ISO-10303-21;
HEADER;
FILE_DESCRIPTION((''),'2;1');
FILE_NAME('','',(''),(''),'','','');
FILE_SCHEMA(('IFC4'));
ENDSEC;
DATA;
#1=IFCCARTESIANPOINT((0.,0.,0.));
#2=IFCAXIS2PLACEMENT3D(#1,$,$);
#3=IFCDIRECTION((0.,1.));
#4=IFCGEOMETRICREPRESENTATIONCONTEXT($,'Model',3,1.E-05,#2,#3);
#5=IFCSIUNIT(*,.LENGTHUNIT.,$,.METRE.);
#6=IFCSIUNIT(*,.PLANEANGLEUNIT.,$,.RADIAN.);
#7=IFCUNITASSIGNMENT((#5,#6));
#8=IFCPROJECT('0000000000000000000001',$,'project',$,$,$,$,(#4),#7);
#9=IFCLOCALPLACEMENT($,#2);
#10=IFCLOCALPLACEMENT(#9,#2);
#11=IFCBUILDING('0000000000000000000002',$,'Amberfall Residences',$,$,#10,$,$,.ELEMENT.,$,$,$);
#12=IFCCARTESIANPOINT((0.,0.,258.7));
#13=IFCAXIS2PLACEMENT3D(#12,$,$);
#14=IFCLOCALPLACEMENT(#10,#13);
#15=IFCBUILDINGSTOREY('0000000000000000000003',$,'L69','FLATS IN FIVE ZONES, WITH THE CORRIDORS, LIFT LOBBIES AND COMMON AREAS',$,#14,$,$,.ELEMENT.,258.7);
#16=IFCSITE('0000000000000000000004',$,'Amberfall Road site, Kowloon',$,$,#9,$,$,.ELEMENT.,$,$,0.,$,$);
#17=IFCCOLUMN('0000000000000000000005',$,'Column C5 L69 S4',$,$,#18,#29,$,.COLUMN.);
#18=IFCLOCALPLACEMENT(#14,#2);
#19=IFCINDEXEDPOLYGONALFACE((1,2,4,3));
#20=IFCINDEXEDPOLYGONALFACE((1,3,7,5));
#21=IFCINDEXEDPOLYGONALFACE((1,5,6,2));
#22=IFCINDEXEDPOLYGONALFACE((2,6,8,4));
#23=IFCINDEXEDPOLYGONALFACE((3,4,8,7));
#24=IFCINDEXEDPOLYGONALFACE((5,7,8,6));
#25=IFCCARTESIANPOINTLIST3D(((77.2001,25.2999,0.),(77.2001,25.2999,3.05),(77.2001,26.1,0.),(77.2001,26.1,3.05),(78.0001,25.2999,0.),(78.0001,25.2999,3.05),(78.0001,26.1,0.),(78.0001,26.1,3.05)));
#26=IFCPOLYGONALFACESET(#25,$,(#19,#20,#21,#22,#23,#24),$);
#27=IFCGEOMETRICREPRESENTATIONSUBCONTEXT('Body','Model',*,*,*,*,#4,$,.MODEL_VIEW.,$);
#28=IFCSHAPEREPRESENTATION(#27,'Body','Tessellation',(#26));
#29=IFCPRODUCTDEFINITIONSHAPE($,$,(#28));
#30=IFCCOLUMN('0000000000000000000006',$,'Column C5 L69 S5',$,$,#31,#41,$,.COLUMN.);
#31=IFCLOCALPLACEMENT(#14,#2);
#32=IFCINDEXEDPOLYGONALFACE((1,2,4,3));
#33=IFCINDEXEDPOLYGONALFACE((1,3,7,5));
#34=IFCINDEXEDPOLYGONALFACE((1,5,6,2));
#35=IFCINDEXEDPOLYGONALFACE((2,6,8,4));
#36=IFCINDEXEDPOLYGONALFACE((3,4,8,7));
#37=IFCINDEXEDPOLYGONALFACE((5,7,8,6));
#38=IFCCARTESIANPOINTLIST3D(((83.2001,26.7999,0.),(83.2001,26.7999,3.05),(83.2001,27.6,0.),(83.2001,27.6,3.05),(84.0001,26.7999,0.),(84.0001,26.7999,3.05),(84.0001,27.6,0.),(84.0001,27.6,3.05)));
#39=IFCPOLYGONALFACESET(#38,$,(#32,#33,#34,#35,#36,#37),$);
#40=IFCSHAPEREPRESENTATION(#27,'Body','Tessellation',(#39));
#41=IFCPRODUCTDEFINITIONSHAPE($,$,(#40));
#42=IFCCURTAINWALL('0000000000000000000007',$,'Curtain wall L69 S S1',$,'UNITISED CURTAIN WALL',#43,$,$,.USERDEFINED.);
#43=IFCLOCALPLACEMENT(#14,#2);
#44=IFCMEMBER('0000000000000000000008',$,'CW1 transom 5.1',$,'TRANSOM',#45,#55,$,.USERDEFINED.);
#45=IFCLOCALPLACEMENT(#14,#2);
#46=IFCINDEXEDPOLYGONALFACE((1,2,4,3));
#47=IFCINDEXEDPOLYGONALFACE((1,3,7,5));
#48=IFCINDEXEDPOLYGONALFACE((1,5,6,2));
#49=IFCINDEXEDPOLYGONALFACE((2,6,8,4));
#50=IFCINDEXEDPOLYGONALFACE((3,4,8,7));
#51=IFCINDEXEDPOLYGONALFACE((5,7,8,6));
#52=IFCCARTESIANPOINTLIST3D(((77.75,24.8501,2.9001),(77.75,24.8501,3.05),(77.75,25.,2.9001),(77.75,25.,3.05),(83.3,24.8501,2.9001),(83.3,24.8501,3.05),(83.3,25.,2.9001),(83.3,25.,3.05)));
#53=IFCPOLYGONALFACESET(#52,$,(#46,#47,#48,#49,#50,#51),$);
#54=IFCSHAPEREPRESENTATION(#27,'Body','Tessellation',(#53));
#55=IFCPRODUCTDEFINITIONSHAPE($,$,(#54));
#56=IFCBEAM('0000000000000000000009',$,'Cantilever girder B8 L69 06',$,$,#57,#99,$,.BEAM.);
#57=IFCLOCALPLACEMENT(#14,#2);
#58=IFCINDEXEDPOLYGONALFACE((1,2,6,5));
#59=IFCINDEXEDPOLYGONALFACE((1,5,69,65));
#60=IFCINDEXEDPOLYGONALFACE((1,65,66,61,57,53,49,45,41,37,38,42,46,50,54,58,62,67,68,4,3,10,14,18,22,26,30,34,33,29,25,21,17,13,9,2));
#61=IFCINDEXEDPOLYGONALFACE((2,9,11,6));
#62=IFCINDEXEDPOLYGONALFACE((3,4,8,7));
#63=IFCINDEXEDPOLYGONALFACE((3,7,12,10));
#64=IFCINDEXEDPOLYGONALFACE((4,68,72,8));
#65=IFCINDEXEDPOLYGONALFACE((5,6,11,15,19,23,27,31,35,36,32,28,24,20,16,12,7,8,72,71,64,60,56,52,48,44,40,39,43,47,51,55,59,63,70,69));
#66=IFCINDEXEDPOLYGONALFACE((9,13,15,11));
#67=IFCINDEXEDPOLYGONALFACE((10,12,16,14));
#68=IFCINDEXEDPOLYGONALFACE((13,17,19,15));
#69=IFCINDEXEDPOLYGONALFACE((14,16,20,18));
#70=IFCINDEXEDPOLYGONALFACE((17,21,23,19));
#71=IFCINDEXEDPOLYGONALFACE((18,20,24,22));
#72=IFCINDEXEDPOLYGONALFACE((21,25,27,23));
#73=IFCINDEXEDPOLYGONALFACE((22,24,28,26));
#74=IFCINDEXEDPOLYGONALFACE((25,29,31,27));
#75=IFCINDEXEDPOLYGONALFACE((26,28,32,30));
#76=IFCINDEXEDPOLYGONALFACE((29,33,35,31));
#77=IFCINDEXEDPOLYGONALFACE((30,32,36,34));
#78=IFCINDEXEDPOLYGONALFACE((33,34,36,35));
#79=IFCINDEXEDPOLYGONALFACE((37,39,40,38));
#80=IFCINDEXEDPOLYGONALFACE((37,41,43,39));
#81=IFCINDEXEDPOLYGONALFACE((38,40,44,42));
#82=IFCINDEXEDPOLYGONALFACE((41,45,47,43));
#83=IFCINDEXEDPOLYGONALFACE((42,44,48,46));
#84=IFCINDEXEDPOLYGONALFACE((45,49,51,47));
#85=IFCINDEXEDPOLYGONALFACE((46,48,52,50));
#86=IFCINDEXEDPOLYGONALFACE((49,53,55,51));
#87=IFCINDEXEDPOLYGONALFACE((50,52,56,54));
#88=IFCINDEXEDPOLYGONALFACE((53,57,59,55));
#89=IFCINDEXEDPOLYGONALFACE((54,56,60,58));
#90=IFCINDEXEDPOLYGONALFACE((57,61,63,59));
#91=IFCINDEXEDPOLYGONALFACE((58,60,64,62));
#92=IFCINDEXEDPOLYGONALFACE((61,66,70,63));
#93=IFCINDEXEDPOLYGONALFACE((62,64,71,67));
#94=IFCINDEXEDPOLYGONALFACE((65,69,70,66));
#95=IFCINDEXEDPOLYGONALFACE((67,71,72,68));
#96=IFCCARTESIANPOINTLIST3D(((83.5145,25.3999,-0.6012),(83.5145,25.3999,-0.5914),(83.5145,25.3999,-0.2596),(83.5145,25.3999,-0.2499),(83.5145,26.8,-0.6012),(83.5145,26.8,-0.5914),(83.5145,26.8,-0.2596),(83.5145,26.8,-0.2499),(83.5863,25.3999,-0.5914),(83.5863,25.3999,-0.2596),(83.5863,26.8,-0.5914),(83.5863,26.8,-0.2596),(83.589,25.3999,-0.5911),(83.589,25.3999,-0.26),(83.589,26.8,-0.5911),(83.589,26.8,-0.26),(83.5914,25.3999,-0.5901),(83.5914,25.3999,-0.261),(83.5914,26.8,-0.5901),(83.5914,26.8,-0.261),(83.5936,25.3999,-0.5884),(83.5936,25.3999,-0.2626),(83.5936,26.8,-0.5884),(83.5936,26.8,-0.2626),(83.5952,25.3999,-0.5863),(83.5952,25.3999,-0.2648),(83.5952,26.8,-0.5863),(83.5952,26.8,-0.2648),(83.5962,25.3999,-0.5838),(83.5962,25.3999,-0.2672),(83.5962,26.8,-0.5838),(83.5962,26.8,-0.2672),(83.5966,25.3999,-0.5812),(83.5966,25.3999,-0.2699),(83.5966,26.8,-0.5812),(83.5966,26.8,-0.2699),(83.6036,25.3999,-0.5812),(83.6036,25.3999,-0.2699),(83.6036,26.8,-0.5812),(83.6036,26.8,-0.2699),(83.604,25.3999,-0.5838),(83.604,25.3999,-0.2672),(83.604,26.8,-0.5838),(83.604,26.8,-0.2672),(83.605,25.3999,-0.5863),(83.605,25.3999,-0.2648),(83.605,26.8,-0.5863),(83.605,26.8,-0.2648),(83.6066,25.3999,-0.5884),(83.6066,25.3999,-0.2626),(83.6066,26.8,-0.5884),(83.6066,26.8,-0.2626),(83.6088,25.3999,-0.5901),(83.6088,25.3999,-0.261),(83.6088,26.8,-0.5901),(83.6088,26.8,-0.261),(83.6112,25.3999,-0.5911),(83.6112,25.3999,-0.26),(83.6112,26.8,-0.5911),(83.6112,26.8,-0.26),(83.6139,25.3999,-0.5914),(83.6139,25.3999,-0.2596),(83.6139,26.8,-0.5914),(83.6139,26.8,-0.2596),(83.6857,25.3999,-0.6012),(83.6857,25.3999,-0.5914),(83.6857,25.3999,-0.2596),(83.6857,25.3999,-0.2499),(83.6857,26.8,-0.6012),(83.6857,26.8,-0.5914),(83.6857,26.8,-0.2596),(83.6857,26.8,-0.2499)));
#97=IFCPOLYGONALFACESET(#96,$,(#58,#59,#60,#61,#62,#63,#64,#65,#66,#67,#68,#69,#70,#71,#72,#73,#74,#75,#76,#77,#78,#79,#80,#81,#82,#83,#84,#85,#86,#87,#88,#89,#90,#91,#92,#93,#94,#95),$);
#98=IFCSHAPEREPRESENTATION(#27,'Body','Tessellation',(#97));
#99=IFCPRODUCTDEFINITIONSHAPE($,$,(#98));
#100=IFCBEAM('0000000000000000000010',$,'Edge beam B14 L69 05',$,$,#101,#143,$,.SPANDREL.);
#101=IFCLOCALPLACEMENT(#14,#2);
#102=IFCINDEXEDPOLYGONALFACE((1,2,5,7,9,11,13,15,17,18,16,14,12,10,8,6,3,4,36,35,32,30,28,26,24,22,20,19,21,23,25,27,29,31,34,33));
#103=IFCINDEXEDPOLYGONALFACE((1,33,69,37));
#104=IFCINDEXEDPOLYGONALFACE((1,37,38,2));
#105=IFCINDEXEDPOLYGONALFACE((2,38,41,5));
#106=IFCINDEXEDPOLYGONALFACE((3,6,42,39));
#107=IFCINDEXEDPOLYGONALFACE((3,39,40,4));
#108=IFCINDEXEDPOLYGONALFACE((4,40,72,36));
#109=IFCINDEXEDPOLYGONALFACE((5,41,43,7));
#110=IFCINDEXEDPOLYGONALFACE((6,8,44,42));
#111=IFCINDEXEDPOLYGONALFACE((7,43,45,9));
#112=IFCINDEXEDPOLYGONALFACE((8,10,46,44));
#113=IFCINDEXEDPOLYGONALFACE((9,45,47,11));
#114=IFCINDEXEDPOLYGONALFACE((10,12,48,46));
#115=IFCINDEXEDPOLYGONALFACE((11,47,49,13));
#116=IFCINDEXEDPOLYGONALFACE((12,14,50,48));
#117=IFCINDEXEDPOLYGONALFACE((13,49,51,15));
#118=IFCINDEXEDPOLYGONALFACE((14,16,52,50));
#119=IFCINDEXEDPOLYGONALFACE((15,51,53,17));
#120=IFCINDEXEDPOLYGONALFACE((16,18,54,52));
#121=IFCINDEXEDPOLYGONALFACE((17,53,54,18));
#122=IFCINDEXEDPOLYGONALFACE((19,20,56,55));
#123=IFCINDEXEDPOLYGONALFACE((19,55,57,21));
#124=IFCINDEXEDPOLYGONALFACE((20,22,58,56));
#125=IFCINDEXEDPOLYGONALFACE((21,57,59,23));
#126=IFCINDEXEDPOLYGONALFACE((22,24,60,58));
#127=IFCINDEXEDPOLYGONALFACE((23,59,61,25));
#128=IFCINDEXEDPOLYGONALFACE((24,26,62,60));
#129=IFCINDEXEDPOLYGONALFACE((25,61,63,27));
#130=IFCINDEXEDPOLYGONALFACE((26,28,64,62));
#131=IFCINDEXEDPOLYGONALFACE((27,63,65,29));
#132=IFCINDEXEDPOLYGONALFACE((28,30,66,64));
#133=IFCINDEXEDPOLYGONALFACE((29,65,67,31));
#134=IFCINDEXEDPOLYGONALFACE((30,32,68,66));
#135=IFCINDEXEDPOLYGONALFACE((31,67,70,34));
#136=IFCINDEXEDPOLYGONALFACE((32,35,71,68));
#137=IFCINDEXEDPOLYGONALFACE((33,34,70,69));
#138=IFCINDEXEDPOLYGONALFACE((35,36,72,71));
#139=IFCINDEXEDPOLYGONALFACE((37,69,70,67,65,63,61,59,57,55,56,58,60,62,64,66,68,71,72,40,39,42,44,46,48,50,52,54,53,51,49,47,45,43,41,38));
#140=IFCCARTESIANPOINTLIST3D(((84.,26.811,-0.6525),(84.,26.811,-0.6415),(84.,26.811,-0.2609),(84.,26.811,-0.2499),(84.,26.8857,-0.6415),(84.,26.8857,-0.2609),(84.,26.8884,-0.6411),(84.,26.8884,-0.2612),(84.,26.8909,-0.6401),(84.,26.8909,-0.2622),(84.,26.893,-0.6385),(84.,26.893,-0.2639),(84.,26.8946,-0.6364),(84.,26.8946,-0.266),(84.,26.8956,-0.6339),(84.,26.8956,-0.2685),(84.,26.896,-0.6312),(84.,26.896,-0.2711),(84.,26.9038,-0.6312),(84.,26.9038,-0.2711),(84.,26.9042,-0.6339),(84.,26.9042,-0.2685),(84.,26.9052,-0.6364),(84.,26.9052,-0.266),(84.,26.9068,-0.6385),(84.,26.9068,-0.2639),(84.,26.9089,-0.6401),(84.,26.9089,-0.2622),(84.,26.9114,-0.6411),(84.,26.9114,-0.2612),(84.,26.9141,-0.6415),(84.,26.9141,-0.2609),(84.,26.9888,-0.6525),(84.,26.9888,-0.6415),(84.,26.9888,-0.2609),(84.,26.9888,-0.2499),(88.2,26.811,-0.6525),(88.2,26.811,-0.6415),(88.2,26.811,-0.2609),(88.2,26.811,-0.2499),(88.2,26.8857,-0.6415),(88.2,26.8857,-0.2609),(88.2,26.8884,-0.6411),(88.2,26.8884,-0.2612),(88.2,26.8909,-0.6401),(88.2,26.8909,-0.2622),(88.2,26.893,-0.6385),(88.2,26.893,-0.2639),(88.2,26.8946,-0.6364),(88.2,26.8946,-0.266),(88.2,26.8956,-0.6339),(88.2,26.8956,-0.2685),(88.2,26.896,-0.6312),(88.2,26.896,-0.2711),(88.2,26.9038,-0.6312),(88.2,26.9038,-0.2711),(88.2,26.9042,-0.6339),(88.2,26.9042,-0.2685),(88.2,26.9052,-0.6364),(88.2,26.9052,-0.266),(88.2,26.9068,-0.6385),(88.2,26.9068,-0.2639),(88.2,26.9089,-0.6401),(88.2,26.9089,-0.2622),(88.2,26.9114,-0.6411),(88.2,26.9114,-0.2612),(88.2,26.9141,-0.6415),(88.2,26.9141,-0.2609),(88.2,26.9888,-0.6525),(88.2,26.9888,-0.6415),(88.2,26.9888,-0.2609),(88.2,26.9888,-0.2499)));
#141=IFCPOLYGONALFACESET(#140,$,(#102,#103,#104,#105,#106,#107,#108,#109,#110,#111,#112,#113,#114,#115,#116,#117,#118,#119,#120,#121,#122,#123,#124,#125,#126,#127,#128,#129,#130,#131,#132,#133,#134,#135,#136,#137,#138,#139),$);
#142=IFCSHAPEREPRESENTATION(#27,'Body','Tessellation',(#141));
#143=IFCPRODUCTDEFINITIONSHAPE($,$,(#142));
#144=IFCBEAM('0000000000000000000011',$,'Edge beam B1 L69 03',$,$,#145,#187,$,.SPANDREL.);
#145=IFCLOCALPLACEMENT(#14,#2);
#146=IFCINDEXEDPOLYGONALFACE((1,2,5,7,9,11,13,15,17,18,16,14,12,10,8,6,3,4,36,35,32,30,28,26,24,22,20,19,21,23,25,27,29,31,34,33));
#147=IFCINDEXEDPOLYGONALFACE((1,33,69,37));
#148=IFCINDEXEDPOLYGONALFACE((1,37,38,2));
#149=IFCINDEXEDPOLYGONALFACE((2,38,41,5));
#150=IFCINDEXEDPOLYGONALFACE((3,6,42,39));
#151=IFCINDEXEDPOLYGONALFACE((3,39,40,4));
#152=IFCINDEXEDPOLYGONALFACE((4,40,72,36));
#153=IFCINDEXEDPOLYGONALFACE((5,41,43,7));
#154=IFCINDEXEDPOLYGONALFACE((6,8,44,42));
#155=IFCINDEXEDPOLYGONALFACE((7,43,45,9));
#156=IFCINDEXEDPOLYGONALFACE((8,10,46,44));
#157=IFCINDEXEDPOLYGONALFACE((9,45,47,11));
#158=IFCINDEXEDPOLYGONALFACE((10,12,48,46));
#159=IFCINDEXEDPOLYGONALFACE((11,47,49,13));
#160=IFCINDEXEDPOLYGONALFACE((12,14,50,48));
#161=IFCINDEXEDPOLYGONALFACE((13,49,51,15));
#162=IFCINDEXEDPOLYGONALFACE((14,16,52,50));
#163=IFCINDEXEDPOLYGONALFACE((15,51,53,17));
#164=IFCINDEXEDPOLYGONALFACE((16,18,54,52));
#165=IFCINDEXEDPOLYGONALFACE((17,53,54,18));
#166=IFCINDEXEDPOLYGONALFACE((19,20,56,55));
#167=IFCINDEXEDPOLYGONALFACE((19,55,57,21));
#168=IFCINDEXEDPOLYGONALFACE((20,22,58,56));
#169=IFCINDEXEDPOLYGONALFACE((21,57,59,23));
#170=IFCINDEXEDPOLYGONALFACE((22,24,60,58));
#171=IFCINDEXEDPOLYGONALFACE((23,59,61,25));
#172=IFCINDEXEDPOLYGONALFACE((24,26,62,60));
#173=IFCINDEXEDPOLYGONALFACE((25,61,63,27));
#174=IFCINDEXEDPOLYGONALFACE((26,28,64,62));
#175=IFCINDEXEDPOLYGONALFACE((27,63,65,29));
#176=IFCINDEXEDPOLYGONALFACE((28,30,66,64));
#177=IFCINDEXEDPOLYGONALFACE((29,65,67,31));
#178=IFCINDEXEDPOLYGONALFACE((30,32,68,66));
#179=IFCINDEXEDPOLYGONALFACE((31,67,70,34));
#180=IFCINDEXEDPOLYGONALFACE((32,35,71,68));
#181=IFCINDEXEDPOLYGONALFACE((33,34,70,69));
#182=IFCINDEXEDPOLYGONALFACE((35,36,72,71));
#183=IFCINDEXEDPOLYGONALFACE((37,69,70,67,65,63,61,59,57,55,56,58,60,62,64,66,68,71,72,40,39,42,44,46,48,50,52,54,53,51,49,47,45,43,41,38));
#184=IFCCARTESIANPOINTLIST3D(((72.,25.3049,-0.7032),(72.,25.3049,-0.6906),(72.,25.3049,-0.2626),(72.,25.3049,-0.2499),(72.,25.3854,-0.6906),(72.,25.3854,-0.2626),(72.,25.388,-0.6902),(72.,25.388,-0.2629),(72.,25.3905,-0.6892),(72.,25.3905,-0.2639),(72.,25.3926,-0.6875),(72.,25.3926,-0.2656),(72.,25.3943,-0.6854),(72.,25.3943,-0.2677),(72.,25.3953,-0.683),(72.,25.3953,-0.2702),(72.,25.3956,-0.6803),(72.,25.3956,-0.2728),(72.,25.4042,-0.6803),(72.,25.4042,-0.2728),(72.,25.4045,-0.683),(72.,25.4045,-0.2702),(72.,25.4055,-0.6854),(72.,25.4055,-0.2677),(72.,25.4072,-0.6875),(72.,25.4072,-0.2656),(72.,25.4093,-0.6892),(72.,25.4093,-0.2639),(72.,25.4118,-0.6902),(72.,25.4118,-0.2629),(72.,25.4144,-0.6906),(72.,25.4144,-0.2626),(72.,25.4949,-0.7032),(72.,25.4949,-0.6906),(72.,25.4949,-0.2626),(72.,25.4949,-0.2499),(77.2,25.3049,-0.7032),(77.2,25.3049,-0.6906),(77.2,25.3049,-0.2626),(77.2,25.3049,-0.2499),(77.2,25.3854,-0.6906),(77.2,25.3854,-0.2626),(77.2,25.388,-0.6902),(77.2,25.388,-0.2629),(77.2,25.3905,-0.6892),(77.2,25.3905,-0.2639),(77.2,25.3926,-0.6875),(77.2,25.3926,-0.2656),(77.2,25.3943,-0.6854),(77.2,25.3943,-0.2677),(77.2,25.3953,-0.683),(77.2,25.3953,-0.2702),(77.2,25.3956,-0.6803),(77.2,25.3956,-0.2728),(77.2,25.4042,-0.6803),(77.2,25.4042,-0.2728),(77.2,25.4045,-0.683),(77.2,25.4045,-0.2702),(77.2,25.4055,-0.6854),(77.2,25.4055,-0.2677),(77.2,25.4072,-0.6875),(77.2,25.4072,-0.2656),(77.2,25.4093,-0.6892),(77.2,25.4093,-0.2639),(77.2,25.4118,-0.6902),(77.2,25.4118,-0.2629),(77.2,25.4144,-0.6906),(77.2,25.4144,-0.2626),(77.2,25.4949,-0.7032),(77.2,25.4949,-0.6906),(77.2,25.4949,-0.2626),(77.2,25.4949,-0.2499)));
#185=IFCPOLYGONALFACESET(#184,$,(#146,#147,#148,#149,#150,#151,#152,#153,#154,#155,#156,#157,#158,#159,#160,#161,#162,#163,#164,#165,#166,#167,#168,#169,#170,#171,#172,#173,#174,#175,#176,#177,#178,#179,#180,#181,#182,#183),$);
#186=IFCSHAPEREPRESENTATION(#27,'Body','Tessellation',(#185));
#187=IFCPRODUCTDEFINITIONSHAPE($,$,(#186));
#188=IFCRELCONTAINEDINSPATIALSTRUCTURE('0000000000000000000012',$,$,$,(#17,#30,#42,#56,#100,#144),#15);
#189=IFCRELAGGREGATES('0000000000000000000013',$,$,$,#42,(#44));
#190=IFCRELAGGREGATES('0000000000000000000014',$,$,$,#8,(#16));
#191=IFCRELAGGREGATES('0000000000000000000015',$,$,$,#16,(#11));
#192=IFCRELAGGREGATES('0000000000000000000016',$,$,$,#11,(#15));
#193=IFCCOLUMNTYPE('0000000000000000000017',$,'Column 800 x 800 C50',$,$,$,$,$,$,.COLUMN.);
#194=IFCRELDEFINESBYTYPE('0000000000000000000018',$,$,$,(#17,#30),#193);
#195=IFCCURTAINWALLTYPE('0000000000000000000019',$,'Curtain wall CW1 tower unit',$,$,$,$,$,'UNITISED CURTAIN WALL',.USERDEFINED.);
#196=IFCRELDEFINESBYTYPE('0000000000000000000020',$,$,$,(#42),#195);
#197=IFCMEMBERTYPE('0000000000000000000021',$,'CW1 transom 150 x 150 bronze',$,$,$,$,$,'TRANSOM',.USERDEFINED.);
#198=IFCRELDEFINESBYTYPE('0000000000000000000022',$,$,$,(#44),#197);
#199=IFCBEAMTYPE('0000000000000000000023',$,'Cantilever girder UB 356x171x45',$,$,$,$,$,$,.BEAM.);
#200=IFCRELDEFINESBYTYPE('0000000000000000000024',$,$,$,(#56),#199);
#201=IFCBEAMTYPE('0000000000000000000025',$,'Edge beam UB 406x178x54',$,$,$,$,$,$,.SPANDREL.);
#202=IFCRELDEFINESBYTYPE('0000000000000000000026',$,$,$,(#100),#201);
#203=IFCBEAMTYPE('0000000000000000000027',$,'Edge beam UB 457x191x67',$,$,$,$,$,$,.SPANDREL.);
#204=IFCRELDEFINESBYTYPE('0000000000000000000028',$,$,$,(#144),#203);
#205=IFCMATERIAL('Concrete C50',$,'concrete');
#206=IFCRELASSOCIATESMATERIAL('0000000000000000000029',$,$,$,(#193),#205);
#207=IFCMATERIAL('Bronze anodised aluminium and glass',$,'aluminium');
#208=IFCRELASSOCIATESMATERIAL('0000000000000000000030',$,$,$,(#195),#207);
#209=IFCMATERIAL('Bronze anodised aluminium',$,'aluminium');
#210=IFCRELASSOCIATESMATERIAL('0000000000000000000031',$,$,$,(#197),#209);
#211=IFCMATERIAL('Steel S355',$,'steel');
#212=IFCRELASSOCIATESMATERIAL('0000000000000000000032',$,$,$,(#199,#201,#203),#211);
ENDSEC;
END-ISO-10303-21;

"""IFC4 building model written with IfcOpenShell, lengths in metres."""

from ifc_helpers import new_model, si_unit, direction, frame, origin, origin_2d, place, context, subcontext, project, spatial, rectangle, i_section, extrude, material, material_profile, profile_set, type_object, element, aggregate, save


model = new_model("IFC4")

# Units and contexts
model_context = context("Model", 3, precision=1e-05, world=origin(), true_north=direction((0.0, 1.0)))
body_context = subcontext(model_context, "Body", "Model", "MODEL_VIEW")
ifc_project = project(units=[si_unit("LENGTHUNIT", "METRE"), si_unit("PLANEANGLEUNIT", "RADIAN")], contexts=[model_context])

# Site, building, storey
site_placement = place(None, origin())
site = spatial("IfcSite", under=ifc_project, at=site_placement, Name="Amberfall Road site, Kowloon", CompositionType="ELEMENT", RefElevation=0.0)
building_placement = place(site_placement, origin())
building = spatial("IfcBuilding", under=site, at=building_placement, Name="Amberfall Residences", CompositionType="ELEMENT")
storey_placement = place(building_placement, frame((0.0, 0.0, 258.7)))
storey = spatial("IfcBuildingStorey", under=building, at=storey_placement, Name="L69", Description="FLATS IN FIVE ZONES, WITH THE CORRIDORS, LIFT LOBBIES AND COMMON AREAS", CompositionType="ELEMENT", Elevation=258.7)

# Columns
ifc_material_1 = material(Name="Concrete C50", Category="concrete")
ifc_material_profile_1 = material_profile(ifc_material_1, rectangle(XDim=0.8, YDim=0.8, at=origin_2d()), Name="Column 800 x 800 C50")
ifc_profile_set_1 = profile_set([ifc_material_profile_1], Name="Concrete C50")
column_type = type_object("IfcColumnType", Name="Column 800 x 800 C50", PredefinedType="COLUMN", material=ifc_profile_set_1)
for number, where, z_axis, x_axis, name in (
    (1, (77.6001, 25.7, 0.0), (0.0, 0.0, 1.0), (1.0, 0.0, 0.0), "Column C5 L69 S4"),
    (2, (83.6001, 27.2, 0.0), (0.0, 0.0, 1.0), (1.0, 0.0, 0.0), "Column C5 L69 S5"),
):
    element("IfcColumn", number, at=place(storey_placement, frame(where, z_axis=z_axis, x_axis=x_axis)), inside=storey, type_object=column_type, Name=name, PredefinedType="COLUMN", context=body_context, shape_type="SweptSolid", body=[
        extrude(rectangle(XDim=0.8, YDim=0.8, at=origin_2d()), origin(), (0.0, 0.0, 1.0), 3.05),
    ])

# Curtain wall, member
ifc_material_2 = material(Name="Bronze anodised aluminium and glass", Category="aluminium")
curtain_wall_type = type_object("IfcCurtainWallType", Name="Curtain wall CW1 tower unit", ElementType="UNITISED CURTAIN WALL", PredefinedType="USERDEFINED", material=ifc_material_2)
curtain_wall_placement = place(storey_placement, origin())
curtain_wall = element("IfcCurtainWall", 3, at=curtain_wall_placement, inside=storey, type_object=curtain_wall_type, Name="Curtain wall L69 S S1", ObjectType="UNITISED CURTAIN WALL", PredefinedType="USERDEFINED")
ifc_material_3 = material(Name="Bronze anodised aluminium", Category="aluminium")
ifc_material_profile_2 = material_profile(ifc_material_3, rectangle(XDim=0.1499, YDim=0.1499, at=origin_2d()), Name="CW1 transom 150 x 150 bronze")
ifc_profile_set_2 = profile_set([ifc_material_profile_2], Name="Bronze anodised aluminium")
member_type_1 = type_object("IfcMemberType", Name="CW1 transom 150 x 150 bronze", ElementType="TRANSOM", PredefinedType="USERDEFINED", material=ifc_profile_set_2)
member_1_placement = place(storey_placement, frame((77.75, 24.925, 2.9751), z_axis=(1.0, 0.0, 0.0), x_axis=(0.0, 1.0, 0.0)))
member_1 = element("IfcMember", 4, at=member_1_placement, type_object=member_type_1, Name="CW1 transom 5.1", ObjectType="TRANSOM", PredefinedType="USERDEFINED", context=body_context, shape_type="SweptSolid", body=[
    extrude(rectangle(XDim=0.1499, YDim=0.1499, at=origin_2d()), origin(), (0.0, 0.0, 1.0), 5.55),
])

# Beams
ifc_material_4 = material(Name="Steel S355", Category="steel")
ifc_material_profile_3 = material_profile(ifc_material_4, i_section(OverallWidth=0.1711, OverallDepth=0.3513, WebThickness=0.0071, FlangeThickness=0.0098, FilletRadius=0.0103, at=origin_2d()), Name="UB 356x171x45")
ifc_profile_set_3 = profile_set([ifc_material_profile_3], Name="Steel S355")
beam_type_1 = type_object("IfcBeamType", Name="Cantilever girder UB 356x171x45", PredefinedType="BEAM", material=ifc_profile_set_3)
beam_1_placement = place(storey_placement, frame((83.6001, 26.8, -0.4255), z_axis=(0.0, -1.0, 0.0), x_axis=(1.0, 0.0, 0.0)))
element("IfcBeam", 5, at=beam_1_placement, inside=storey, type_object=beam_type_1, Name="Cantilever girder B8 L69 06", PredefinedType="BEAM", context=body_context, shape_type="SweptSolid", body=[
    extrude(i_section(OverallWidth=0.1711, OverallDepth=0.3513, WebThickness=0.0071, FlangeThickness=0.0098, FilletRadius=0.0103, at=origin_2d()), origin(), (0.0, 0.0, 1.0), 1.4001),
])
ifc_material_profile_4 = material_profile(ifc_material_4, i_section(OverallWidth=0.1777, OverallDepth=0.4026, WebThickness=0.0078, FlangeThickness=0.011, FilletRadius=0.0103, at=origin_2d()), Name="UB 406x178x54")
ifc_profile_set_4 = profile_set([ifc_material_profile_4], Name="Steel S355")
beam_type_2 = type_object("IfcBeamType", Name="Edge beam UB 406x178x54", PredefinedType="SPANDREL", material=ifc_profile_set_4)
beam_2_placement = place(storey_placement, frame((84.0, 26.8999, -0.4512), z_axis=(1.0, 0.0, 0.0), x_axis=(0.0, 1.0, 0.0)))
element("IfcBeam", 6, at=beam_2_placement, inside=storey, type_object=beam_type_2, Name="Edge beam B14 L69 05", PredefinedType="SPANDREL", context=body_context, shape_type="SweptSolid", body=[
    extrude(i_section(OverallWidth=0.1777, OverallDepth=0.4026, WebThickness=0.0078, FlangeThickness=0.011, FilletRadius=0.0103, at=origin_2d()), origin(), (0.0, 0.0, 1.0), 4.2),
])
ifc_material_profile_5 = material_profile(ifc_material_4, i_section(OverallWidth=0.1899, OverallDepth=0.4534, WebThickness=0.0085, FlangeThickness=0.0127, FilletRadius=0.0103, at=origin_2d()), Name="UB 457x191x67")
ifc_profile_set_5 = profile_set([ifc_material_profile_5], Name="Steel S355")
beam_type_3 = type_object("IfcBeamType", Name="Edge beam UB 457x191x67", PredefinedType="SPANDREL", material=ifc_profile_set_5)
beam_3_placement = place(storey_placement, frame((72.0, 25.3999, -0.4766), z_axis=(1.0, 0.0, 0.0), x_axis=(0.0, 1.0, 0.0)))
element("IfcBeam", 7, at=beam_3_placement, inside=storey, type_object=beam_type_3, Name="Edge beam B1 L69 03", PredefinedType="SPANDREL", context=body_context, shape_type="SweptSolid", body=[
    extrude(i_section(OverallWidth=0.1899, OverallDepth=0.4534, WebThickness=0.0085, FlangeThickness=0.0127, FilletRadius=0.0103, at=origin_2d()), origin(), (0.0, 0.0, 1.0), 5.2),
])

aggregate(curtain_wall, [member_1])

save(model, "model.ifc")
